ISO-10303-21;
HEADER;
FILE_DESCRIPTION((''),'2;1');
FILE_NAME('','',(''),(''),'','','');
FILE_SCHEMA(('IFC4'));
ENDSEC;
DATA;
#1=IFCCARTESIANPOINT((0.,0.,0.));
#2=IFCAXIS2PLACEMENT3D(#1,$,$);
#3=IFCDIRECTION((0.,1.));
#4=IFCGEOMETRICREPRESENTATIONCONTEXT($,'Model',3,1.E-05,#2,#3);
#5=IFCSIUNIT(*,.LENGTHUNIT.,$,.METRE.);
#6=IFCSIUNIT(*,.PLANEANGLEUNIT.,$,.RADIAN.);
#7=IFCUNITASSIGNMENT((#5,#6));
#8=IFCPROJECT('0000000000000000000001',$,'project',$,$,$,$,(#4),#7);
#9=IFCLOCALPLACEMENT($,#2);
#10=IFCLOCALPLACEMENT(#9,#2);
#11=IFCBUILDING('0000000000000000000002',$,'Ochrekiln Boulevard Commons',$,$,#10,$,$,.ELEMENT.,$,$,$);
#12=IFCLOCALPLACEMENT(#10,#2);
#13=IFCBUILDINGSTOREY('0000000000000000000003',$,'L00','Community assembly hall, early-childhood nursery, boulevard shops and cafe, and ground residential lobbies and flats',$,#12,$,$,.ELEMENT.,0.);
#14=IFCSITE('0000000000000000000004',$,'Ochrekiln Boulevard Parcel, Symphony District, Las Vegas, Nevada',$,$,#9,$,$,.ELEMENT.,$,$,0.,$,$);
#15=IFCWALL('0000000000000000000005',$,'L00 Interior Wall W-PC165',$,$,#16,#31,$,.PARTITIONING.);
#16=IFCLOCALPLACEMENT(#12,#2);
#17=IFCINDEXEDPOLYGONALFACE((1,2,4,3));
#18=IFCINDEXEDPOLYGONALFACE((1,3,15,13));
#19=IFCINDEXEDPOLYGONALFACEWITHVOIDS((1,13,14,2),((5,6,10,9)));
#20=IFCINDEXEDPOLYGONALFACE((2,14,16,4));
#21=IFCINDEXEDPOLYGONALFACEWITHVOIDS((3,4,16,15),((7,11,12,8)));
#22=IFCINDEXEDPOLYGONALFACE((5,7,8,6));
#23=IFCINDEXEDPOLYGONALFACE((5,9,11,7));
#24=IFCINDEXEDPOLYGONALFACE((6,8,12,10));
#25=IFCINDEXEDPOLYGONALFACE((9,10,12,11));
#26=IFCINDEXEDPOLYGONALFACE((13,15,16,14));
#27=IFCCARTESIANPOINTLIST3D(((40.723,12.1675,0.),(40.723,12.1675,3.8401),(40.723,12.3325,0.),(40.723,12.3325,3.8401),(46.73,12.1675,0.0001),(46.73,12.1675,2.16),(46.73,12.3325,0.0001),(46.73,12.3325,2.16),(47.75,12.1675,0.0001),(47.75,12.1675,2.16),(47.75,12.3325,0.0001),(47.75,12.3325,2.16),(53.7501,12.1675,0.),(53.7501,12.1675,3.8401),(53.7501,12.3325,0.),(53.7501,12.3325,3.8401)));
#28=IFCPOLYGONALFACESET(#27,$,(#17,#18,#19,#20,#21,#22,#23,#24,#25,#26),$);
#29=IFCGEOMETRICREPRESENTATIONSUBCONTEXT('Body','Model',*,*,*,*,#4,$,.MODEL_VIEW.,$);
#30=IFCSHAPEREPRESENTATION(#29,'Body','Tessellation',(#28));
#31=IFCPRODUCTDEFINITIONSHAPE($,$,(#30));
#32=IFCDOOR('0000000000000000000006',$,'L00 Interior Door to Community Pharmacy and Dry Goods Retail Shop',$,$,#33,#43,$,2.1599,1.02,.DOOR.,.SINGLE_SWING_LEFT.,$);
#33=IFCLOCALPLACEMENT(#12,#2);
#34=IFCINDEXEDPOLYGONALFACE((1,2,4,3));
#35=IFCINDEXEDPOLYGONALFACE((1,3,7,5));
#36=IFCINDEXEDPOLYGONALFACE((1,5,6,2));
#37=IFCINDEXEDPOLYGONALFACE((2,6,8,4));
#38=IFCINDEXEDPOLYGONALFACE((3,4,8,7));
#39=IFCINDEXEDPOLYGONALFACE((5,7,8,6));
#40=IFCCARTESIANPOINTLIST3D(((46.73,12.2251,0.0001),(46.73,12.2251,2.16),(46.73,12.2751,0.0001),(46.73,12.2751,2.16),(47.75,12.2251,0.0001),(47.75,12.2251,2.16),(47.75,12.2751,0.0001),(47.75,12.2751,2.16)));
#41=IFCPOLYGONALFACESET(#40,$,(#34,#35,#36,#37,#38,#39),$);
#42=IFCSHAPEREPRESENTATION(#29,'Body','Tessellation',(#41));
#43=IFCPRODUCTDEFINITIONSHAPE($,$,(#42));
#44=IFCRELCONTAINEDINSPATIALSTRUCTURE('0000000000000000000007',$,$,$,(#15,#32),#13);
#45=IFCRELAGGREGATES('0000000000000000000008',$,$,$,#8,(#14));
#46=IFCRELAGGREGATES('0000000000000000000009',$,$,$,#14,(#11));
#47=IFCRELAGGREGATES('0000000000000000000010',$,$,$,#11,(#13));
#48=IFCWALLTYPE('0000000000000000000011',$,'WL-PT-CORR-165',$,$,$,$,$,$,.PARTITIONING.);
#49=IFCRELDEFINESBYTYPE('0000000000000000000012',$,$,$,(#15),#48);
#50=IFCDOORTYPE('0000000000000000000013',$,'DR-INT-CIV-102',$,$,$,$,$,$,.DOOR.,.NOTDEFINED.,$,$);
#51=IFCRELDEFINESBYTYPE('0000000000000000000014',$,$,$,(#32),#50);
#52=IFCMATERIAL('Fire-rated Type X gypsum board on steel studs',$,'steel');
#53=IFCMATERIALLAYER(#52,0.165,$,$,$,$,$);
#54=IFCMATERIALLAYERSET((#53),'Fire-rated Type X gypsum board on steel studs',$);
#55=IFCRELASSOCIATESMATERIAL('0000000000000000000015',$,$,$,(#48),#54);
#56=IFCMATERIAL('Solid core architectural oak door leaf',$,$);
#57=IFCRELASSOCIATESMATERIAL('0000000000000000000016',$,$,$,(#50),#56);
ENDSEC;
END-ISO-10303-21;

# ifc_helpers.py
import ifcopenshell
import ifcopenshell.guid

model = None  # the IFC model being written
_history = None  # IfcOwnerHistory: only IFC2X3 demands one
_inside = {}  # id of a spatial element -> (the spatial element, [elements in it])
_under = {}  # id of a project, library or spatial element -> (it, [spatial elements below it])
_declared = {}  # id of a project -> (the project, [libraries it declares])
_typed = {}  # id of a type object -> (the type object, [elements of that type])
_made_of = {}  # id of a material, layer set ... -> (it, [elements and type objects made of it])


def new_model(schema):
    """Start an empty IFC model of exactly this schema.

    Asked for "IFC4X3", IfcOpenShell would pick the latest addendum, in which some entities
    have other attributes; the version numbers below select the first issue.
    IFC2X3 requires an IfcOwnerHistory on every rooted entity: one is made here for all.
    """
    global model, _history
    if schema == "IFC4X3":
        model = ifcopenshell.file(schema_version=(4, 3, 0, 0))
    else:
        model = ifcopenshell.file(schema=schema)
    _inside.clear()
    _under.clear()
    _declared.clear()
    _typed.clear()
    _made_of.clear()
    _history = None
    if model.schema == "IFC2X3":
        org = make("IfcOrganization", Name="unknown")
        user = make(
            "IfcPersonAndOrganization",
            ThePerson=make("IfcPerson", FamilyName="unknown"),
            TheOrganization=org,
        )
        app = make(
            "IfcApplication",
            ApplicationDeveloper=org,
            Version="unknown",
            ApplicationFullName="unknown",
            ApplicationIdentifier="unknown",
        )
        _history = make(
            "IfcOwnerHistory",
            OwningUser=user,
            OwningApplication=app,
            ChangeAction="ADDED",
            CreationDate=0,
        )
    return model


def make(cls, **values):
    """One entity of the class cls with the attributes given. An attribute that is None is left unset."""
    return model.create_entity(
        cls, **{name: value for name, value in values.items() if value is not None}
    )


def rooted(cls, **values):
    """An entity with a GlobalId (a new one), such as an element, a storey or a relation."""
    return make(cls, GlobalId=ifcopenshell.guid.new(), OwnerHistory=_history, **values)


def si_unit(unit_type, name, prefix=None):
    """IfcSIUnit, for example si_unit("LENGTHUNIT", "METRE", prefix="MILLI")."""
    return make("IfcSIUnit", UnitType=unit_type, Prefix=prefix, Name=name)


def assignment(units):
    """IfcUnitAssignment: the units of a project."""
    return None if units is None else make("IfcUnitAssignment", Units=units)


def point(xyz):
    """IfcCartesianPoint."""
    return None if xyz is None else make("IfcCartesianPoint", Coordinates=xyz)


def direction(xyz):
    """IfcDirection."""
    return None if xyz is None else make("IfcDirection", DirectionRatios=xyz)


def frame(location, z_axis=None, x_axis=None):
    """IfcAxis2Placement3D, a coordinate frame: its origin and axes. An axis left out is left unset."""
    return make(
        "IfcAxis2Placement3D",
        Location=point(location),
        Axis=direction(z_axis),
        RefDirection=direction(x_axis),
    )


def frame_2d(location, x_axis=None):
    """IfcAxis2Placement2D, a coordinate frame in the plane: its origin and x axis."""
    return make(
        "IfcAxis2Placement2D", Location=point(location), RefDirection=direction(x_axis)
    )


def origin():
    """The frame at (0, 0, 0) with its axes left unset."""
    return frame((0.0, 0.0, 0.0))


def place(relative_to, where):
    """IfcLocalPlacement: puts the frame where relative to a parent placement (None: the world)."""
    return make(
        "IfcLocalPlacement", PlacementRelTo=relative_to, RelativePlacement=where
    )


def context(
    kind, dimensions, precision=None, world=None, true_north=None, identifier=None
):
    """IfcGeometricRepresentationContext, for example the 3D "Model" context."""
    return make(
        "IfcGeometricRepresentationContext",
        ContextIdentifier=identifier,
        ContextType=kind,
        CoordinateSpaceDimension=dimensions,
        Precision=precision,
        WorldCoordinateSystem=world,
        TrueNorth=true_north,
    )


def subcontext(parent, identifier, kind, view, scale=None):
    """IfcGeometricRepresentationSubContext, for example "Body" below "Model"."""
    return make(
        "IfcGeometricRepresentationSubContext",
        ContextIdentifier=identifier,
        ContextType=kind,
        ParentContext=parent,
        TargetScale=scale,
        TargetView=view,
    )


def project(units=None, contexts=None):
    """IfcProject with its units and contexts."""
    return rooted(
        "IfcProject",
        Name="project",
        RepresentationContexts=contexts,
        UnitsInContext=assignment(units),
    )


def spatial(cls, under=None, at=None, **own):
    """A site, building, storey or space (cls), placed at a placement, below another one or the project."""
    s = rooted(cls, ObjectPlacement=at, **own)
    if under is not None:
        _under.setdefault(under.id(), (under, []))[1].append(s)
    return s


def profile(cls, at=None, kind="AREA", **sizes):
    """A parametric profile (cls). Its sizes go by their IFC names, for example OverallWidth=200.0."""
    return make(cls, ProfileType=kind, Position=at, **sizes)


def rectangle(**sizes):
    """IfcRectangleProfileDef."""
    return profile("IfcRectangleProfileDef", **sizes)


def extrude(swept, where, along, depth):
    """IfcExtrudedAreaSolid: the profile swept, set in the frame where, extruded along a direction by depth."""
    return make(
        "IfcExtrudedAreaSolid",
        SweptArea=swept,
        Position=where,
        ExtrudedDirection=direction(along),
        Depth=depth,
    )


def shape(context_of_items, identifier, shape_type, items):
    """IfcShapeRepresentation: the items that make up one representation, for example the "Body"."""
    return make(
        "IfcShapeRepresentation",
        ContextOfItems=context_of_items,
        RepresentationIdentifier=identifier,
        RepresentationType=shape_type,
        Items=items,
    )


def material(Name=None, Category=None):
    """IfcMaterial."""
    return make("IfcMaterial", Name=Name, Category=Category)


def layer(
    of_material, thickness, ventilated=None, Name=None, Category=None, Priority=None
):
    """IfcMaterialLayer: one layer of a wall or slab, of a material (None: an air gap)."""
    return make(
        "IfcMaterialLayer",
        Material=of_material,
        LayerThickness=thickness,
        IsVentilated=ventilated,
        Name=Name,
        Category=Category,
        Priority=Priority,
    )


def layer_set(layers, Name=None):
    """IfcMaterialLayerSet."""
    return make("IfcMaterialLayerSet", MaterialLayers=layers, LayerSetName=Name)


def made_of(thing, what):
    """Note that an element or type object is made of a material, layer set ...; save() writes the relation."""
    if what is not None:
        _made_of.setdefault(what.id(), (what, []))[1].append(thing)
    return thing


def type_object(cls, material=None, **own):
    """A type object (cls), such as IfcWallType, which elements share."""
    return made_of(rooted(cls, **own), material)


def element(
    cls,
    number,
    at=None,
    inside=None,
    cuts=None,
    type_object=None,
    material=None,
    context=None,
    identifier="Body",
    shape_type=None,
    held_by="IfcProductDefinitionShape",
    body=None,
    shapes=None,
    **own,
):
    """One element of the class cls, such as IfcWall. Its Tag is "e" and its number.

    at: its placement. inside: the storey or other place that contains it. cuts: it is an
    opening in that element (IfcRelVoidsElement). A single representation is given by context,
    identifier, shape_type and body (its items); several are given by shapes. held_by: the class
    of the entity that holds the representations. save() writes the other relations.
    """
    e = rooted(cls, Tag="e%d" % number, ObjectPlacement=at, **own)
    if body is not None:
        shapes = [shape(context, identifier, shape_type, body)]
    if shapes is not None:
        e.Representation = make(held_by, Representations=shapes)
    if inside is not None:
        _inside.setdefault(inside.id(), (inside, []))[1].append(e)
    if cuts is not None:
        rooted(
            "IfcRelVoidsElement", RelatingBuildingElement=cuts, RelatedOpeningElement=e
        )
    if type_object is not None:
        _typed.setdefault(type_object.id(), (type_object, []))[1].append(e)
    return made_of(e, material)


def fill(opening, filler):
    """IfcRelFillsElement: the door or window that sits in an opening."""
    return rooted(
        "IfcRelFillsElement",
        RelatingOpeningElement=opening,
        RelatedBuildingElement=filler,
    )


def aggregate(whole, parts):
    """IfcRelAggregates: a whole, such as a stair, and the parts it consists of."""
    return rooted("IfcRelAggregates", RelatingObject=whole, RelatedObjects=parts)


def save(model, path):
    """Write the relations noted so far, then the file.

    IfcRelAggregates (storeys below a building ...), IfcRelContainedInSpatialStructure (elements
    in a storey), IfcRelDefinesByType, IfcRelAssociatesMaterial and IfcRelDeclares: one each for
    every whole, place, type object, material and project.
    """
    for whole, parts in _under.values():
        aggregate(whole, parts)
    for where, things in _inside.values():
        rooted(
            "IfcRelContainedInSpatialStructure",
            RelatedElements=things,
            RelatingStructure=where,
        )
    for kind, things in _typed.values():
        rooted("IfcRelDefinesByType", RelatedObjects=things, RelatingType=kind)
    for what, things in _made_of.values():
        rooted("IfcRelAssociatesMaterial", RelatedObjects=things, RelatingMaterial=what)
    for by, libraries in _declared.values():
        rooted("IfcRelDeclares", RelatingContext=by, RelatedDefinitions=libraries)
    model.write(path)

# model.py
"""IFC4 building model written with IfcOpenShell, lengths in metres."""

from ifc_helpers import new_model, si_unit, direction, frame, frame_2d, origin, place, context, subcontext, project, spatial, rectangle, extrude, material, layer, layer_set, type_object, element, fill, save


model = new_model("IFC4")

# Units and contexts
model_context = context("Model", 3, precision=1e-05, world=origin(), true_north=direction((0.0, 1.0)))
body_context = subcontext(model_context, "Body", "Model", "MODEL_VIEW")
ifc_project = project(units=[si_unit("LENGTHUNIT", "METRE"), si_unit("PLANEANGLEUNIT", "RADIAN")], contexts=[model_context])

# Site, building, storey
site_placement = place(None, origin())
site = spatial("IfcSite", under=ifc_project, at=site_placement, Name="Ochrekiln Boulevard Parcel, Symphony District, Las Vegas, Nevada", CompositionType="ELEMENT", RefElevation=0.0)
building_placement = place(site_placement, origin())
building = spatial("IfcBuilding", under=site, at=building_placement, Name="Ochrekiln Boulevard Commons", CompositionType="ELEMENT")
storey_placement = place(building_placement, origin())
storey = spatial("IfcBuildingStorey", under=building, at=storey_placement, Name="L00", Description="Community assembly hall, early-childhood nursery, boulevard shops and cafe, and ground residential lobbies and flats", CompositionType="ELEMENT", Elevation=0.0)

# Wall, opening, door
ifc_material_1 = material(Name="Fire-rated Type X gypsum board on steel studs", Category="steel")
ifc_layer_1 = layer(ifc_material_1, 0.165)
ifc_layer_set_1 = layer_set([ifc_layer_1], Name="Fire-rated Type X gypsum board on steel studs")
wall_type_1 = type_object("IfcWallType", Name="WL-PT-CORR-165", PredefinedType="PARTITIONING", material=ifc_layer_set_1)
ifc_material_2 = material(Name="Solid core architectural oak door leaf")
door_type_1 = type_object("IfcDoorType", Name="DR-INT-CIV-102", OperationType="NOTDEFINED", PredefinedType="DOOR", material=ifc_material_2)
wall_1_placement = place(storey_placement, frame((40.7229, 12.25, 0.0), z_axis=(0.0, 0.0, 1.0), x_axis=(1.0, 0.0, 0.0)))
wall_1 = element("IfcWall", 1, at=wall_1_placement, inside=storey, type_object=wall_type_1, Name="L00 Interior Wall W-PC165", PredefinedType="PARTITIONING", context=body_context, shape_type="SweptSolid", body=[
    extrude(rectangle(XDim=13.0271, YDim=0.165, at=frame_2d((6.5137, 0.0))), origin(), (0.0, 0.0, 1.0), 3.8401),
])
opening_1_placement = place(wall_1_placement, frame((6.0071, 0.0, 0.0)))
opening_1 = element("IfcOpeningElement", 2, at=opening_1_placement, cuts=wall_1, PredefinedType="OPENING", context=body_context, shape_type="SweptSolid", body=[
    extrude(rectangle(XDim=1.02, YDim=2.1599, at=frame_2d((0.51, 1.0801))), frame((0.0, 0.0925, 0.0), z_axis=(0.0, -1.0, 0.0), x_axis=(1.0, 0.0, 0.0)), (0.0, 0.0, 1.0), 0.1851),
])
door_1_placement = place(opening_1_placement, frame((1.02, 0.0, 0.0), z_axis=(0.0, 0.0, 1.0), x_axis=(-1.0, 0.0, 0.0)))
door_1 = element("IfcDoor", 3, at=door_1_placement, inside=storey, type_object=door_type_1, Name="L00 Interior Door to Community Pharmacy and Dry Goods Retail Shop", OperationType="SINGLE_SWING_LEFT", OverallHeight=2.1599, OverallWidth=1.02, PredefinedType="DOOR", context=body_context, shape_type="SweptSolid", body=[
    extrude(rectangle(XDim=1.02, YDim=2.1599, at=frame_2d((0.51, 1.0801))), frame((0.0, 0.0249, 0.0), z_axis=(0.0, -1.0, 0.0), x_axis=(1.0, 0.0, 0.0)), (0.0, 0.0, 1.0), 0.05),
])
fill(opening_1, door_1)

save(model, "model.ifc")
